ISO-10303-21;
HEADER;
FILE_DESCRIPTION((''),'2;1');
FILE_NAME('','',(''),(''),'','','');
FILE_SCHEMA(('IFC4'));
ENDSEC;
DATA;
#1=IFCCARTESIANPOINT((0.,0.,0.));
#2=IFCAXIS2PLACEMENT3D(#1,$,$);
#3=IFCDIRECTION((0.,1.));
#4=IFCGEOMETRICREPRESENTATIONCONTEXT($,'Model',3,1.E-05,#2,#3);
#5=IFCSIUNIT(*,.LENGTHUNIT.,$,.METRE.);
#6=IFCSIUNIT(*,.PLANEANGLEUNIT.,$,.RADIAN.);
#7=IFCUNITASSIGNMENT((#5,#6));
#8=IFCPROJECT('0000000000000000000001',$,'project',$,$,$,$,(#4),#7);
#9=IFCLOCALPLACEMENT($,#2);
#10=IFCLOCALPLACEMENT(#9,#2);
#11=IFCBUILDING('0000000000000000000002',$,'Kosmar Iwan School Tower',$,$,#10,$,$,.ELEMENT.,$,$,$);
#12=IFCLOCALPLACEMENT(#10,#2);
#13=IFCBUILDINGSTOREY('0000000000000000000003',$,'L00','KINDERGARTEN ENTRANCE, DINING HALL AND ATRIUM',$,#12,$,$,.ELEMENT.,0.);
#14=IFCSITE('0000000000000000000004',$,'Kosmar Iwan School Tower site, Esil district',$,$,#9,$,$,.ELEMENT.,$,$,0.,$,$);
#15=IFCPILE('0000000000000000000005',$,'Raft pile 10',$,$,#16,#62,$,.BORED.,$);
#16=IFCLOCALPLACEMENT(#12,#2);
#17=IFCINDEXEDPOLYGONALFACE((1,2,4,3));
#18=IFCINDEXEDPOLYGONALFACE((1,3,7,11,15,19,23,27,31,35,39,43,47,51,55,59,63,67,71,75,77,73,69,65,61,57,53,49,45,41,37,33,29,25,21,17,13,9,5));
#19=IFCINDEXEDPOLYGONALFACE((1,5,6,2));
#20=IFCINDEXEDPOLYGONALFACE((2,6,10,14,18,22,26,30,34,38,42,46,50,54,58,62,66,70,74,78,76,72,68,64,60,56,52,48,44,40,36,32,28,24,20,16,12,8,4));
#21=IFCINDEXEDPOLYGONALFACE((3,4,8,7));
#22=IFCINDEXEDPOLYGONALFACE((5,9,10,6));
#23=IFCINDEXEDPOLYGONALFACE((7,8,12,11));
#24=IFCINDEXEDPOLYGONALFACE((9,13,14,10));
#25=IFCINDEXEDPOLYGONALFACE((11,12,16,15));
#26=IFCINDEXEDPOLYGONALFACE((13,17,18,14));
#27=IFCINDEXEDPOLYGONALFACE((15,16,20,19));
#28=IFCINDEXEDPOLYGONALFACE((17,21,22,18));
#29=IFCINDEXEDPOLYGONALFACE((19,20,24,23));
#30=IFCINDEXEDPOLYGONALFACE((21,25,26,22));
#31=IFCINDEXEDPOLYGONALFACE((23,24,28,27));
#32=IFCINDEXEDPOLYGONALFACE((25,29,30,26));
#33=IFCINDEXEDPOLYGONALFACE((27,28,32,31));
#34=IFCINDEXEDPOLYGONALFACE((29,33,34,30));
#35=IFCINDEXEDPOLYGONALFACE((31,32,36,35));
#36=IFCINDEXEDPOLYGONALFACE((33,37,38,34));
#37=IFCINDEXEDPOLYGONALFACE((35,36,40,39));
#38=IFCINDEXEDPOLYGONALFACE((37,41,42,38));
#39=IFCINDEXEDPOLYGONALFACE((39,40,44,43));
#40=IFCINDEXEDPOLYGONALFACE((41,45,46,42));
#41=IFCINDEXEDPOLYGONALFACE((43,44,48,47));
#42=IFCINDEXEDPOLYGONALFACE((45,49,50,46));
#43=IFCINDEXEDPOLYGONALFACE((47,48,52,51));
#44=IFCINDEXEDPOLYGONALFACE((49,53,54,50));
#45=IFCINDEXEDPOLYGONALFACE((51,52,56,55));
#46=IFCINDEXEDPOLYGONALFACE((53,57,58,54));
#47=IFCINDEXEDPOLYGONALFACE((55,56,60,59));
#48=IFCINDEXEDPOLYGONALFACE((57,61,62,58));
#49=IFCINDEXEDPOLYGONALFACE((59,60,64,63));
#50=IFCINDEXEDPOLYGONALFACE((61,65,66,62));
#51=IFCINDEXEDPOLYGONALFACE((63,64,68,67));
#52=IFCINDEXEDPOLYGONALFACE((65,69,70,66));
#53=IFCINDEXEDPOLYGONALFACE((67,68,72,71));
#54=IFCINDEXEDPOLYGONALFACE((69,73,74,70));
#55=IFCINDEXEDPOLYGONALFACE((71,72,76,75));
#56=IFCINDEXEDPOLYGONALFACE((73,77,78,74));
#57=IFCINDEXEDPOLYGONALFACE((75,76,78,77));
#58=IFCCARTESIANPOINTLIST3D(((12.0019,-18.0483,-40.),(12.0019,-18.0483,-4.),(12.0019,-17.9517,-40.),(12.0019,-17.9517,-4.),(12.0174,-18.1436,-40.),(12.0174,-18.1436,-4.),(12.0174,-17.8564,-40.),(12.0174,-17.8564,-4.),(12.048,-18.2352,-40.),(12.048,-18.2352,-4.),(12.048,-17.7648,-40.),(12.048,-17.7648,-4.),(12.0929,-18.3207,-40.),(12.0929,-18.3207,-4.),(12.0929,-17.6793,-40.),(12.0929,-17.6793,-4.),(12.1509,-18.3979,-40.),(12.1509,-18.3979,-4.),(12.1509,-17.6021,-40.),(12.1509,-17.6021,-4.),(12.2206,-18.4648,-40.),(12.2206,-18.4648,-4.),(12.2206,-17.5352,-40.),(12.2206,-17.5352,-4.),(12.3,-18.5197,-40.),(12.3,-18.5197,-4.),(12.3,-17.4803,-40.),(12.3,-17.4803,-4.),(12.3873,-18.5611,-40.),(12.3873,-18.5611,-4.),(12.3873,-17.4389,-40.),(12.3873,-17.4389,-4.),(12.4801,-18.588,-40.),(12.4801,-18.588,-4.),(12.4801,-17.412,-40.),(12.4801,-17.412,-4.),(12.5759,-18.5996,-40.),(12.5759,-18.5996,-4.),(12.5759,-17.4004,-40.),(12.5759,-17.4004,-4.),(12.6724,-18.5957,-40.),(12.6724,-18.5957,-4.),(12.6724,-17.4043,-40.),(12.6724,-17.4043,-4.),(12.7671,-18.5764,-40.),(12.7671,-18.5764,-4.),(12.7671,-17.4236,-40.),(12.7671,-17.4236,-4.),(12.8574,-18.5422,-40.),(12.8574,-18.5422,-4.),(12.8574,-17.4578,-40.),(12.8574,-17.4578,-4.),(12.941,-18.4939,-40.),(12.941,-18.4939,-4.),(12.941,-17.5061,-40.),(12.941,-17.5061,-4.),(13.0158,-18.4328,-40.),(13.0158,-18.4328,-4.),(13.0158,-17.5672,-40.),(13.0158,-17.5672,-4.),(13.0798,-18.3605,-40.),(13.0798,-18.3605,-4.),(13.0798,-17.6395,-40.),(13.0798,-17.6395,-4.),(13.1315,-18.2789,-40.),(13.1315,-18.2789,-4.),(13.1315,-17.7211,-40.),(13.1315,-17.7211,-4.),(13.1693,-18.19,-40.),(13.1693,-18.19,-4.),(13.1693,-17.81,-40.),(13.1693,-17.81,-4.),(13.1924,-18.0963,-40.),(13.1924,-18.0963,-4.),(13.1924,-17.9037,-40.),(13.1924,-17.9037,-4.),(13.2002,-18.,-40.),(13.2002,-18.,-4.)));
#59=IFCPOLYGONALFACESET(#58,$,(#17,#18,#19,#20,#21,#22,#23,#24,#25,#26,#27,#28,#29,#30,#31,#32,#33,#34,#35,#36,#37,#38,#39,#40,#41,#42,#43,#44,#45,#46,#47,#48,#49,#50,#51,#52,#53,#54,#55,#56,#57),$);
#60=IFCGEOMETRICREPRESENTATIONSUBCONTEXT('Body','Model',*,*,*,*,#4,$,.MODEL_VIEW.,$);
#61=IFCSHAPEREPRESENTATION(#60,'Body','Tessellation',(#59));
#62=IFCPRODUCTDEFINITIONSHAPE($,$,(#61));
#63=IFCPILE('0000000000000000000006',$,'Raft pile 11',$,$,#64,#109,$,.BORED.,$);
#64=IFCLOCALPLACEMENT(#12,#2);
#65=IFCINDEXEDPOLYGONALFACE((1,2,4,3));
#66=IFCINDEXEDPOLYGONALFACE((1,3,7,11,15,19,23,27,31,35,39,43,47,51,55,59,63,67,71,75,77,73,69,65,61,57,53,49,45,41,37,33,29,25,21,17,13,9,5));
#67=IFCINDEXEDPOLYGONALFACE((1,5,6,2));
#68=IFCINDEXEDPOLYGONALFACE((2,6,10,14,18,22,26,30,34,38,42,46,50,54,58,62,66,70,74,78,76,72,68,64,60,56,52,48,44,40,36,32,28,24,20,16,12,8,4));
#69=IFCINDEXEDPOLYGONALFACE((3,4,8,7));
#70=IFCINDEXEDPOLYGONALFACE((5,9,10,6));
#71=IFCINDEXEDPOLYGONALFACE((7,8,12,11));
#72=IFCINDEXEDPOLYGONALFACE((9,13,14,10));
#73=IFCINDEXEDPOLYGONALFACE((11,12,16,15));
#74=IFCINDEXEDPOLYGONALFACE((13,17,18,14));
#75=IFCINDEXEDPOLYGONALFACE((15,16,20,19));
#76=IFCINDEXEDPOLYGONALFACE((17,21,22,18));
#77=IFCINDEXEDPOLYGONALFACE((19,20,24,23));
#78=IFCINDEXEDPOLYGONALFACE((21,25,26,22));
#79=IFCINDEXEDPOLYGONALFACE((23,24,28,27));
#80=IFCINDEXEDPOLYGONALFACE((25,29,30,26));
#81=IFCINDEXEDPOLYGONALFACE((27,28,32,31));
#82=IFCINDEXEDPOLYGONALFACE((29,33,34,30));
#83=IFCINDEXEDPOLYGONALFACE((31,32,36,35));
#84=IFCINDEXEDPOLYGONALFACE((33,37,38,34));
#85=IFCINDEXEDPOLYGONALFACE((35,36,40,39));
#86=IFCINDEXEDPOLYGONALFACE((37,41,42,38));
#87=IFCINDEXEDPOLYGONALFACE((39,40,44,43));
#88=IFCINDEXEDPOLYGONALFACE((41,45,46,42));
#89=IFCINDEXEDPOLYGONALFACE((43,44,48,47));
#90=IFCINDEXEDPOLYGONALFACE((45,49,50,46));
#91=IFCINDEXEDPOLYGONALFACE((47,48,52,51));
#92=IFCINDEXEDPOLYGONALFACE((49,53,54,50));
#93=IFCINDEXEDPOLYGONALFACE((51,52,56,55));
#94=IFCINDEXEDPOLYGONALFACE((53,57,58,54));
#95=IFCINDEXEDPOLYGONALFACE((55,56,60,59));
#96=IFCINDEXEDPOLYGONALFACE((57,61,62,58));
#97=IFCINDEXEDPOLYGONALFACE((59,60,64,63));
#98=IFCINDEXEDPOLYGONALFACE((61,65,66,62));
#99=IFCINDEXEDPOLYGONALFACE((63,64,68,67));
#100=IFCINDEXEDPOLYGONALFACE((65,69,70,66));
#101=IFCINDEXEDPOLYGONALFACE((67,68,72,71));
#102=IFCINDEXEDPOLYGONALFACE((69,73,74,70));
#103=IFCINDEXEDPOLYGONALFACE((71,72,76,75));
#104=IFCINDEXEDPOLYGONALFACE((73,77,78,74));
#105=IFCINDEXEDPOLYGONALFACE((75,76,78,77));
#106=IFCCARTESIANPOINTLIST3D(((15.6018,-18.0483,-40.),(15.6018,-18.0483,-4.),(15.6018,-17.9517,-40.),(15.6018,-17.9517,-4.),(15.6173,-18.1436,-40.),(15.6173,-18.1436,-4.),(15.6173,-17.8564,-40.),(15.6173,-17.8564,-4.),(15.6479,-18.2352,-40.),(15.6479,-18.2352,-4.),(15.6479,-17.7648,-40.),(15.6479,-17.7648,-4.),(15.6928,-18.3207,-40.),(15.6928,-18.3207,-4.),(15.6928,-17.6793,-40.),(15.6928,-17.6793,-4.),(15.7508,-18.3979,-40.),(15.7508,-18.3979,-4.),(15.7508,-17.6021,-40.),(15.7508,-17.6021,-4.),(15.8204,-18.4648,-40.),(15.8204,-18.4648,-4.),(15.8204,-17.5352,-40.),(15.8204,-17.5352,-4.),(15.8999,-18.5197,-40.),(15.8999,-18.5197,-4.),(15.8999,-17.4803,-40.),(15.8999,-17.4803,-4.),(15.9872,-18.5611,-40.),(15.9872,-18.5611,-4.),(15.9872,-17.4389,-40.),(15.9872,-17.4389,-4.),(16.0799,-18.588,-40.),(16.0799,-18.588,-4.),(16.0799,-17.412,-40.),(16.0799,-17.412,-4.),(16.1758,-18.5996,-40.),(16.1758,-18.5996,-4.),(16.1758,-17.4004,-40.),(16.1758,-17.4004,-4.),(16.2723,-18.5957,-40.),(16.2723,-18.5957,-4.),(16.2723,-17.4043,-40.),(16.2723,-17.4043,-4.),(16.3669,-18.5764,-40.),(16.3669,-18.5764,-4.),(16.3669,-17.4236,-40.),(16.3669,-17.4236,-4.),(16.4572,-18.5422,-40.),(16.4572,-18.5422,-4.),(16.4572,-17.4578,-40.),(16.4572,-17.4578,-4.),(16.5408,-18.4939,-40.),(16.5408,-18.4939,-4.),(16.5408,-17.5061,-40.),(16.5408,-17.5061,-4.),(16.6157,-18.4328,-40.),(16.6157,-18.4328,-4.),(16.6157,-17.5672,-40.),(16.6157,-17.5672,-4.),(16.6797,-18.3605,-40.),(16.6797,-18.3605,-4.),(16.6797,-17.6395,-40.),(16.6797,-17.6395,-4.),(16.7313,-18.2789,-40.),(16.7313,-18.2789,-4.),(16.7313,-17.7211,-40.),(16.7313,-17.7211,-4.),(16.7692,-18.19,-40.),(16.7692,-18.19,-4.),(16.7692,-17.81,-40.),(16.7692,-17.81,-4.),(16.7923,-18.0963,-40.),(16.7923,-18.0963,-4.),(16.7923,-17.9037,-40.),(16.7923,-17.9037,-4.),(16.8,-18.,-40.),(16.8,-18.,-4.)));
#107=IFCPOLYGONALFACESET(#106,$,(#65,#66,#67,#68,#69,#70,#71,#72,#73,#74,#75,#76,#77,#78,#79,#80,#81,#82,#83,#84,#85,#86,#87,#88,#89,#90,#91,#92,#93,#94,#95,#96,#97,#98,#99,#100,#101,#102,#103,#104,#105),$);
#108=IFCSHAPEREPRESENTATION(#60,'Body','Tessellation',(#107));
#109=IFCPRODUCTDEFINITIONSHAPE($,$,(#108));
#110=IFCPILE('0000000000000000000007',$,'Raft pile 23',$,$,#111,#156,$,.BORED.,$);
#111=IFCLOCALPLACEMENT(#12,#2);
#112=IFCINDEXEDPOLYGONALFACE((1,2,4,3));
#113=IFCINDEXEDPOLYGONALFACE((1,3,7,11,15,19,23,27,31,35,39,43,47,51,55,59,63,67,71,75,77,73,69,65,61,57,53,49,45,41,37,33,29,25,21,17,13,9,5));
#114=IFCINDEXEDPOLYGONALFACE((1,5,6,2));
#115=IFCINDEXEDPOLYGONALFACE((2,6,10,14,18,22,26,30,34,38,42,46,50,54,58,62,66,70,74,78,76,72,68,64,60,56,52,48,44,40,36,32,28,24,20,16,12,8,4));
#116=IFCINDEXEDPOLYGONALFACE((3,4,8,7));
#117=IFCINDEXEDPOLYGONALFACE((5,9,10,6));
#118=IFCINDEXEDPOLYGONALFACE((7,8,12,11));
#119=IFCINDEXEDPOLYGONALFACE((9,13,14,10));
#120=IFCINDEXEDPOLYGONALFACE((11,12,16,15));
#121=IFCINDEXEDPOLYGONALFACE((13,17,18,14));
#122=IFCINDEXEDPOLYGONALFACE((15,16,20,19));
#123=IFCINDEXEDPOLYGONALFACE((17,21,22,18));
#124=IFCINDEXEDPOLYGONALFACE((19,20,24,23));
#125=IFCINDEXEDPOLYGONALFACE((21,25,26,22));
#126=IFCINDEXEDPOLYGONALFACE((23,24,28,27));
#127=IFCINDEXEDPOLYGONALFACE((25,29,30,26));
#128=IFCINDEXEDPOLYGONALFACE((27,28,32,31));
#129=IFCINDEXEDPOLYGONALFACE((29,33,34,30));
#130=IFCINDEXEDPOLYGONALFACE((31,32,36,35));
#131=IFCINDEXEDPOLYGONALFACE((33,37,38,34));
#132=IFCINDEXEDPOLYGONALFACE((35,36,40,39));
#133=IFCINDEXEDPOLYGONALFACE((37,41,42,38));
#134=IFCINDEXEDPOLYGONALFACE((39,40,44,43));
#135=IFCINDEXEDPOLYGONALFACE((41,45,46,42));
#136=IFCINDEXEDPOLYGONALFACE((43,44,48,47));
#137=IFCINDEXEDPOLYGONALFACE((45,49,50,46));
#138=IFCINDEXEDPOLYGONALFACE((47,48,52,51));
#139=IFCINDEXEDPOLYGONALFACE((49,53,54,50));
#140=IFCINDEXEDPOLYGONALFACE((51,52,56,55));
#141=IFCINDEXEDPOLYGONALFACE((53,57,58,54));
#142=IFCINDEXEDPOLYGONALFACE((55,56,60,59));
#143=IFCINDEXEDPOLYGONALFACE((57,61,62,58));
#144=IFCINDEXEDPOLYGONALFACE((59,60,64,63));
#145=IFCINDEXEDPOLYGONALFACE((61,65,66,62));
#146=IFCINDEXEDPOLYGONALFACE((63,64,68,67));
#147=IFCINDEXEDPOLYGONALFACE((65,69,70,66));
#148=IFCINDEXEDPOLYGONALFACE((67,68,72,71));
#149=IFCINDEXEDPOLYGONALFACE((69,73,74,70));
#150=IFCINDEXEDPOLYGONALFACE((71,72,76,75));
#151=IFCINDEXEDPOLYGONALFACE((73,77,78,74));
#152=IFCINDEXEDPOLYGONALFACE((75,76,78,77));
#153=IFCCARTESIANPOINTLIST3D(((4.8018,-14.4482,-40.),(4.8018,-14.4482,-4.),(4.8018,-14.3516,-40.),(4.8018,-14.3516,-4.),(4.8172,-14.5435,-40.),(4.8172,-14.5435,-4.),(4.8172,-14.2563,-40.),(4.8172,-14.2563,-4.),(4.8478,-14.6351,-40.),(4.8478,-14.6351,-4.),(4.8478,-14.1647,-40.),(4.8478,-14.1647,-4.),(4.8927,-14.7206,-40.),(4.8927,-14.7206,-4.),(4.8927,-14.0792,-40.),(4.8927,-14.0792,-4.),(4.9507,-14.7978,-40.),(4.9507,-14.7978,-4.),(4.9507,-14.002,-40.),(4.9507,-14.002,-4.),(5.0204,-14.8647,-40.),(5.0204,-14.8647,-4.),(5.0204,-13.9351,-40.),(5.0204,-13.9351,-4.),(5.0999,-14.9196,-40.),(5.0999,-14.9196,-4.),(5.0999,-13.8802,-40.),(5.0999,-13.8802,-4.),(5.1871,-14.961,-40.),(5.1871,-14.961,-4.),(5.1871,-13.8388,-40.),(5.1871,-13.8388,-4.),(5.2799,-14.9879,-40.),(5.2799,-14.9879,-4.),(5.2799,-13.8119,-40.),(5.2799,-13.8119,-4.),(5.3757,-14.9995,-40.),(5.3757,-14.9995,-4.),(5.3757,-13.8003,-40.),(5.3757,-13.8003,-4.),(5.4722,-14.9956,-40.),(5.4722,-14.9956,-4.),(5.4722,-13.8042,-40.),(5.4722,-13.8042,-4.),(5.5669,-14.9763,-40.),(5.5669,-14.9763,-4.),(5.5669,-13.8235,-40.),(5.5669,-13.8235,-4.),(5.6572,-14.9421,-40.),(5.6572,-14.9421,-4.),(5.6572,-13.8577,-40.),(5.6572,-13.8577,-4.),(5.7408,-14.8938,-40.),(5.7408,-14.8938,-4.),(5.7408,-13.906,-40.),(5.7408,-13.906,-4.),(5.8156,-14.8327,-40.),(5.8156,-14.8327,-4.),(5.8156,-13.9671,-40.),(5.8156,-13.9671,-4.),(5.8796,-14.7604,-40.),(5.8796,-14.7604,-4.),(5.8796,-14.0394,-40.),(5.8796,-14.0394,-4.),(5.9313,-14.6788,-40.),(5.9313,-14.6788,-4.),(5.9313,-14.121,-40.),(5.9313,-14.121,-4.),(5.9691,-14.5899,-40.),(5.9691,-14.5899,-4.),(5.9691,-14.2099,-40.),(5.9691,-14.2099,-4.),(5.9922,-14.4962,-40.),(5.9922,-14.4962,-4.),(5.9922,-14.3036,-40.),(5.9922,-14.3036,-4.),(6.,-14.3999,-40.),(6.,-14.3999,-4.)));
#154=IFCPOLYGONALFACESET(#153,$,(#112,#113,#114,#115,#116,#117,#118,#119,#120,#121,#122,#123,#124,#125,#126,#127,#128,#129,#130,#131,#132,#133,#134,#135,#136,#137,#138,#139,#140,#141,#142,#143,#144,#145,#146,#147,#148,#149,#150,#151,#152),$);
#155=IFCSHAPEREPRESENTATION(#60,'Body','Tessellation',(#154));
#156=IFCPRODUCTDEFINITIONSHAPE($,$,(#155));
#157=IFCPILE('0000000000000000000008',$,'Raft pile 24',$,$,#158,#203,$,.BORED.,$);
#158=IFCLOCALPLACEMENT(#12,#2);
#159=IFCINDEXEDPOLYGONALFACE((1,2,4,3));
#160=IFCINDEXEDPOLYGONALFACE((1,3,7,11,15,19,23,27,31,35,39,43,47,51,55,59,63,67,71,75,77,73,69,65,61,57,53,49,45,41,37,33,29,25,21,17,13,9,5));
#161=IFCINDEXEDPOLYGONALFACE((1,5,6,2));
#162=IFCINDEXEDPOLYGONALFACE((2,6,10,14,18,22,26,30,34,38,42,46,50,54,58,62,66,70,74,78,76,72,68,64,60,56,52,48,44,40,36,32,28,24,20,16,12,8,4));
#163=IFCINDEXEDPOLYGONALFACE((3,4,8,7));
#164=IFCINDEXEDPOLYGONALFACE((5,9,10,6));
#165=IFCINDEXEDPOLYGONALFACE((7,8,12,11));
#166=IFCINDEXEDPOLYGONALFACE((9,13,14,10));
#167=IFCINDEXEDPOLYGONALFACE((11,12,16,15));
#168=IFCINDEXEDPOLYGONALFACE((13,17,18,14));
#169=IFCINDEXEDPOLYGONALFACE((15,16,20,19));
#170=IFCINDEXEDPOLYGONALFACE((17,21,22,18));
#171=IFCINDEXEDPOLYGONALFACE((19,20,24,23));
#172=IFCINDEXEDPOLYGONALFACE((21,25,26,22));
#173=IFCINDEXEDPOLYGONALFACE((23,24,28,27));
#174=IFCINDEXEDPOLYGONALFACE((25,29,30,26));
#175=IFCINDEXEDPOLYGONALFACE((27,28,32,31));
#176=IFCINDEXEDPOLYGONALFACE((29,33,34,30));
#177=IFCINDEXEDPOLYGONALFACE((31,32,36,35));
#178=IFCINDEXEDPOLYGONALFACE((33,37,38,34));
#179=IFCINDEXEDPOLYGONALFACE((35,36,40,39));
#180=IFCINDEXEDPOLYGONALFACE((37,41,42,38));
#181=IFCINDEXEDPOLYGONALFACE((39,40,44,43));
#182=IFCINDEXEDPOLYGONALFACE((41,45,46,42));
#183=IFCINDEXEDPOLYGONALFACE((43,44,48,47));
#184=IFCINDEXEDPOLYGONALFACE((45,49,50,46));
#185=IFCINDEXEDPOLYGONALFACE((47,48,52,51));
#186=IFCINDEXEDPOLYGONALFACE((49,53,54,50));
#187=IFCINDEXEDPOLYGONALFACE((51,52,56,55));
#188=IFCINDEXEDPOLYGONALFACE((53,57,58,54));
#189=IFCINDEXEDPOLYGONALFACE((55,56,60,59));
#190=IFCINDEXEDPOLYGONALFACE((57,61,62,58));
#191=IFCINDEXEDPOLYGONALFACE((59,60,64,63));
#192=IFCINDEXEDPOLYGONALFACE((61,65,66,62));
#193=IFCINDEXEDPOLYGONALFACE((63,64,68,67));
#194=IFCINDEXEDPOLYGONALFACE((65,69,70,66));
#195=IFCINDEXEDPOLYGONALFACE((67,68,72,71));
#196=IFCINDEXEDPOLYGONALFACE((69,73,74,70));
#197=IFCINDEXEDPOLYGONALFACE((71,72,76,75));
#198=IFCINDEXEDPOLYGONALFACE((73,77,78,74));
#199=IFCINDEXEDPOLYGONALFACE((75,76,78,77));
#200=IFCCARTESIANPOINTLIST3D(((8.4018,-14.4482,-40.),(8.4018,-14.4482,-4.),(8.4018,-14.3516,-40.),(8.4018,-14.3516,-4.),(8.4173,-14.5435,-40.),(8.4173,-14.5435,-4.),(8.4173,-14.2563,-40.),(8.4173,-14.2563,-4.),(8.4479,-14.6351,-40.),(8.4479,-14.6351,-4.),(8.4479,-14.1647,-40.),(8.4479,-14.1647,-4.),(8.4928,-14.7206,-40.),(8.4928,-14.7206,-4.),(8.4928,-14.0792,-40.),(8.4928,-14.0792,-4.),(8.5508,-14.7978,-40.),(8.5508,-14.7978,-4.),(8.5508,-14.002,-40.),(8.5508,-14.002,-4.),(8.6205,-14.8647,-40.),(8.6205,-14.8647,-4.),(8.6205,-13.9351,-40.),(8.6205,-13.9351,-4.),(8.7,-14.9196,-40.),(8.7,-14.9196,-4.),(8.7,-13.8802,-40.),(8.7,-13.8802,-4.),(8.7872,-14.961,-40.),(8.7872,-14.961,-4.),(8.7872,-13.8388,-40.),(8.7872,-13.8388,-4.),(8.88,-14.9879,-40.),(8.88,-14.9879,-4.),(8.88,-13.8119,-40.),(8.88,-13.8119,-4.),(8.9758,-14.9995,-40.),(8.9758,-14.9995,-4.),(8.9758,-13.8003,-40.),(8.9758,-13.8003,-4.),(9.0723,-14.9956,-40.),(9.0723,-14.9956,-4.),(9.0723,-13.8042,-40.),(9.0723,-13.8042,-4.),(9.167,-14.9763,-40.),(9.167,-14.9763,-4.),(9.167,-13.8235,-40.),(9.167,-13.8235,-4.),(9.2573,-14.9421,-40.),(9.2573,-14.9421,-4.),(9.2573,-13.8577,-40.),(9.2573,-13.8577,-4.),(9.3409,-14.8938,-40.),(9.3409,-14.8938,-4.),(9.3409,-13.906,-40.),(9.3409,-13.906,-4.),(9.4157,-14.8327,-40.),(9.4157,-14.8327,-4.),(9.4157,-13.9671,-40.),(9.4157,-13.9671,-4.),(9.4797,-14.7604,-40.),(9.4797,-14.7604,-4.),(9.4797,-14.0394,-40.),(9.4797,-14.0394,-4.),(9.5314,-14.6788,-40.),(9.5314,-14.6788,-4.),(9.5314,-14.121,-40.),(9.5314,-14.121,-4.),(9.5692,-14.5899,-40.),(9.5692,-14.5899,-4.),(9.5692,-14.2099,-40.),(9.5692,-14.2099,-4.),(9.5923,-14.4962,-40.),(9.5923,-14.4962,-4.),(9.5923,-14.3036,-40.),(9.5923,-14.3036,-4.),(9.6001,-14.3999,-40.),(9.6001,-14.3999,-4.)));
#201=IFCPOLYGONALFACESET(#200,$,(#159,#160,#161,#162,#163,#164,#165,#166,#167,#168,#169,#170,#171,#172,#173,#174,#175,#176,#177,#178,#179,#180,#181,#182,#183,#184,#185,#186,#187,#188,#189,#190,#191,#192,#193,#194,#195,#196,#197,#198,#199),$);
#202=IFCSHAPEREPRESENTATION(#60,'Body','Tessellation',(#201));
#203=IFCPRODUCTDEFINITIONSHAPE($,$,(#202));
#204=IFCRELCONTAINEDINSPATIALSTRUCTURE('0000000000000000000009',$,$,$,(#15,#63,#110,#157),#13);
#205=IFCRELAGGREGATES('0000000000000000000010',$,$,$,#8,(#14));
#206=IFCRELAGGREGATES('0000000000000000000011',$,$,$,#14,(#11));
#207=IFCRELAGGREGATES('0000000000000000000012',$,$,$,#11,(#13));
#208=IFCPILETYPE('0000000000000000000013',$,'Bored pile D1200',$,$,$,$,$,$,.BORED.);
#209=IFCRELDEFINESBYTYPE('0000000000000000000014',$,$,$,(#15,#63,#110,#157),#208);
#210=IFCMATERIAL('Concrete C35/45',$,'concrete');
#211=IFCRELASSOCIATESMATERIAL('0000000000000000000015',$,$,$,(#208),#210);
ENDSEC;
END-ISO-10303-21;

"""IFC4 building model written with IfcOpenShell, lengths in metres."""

from ifc_helpers import new_model, si_unit, direction, frame, origin, origin_2d, place, context, subcontext, project, spatial, circle, extrude, material, material_profile, profile_set, type_object, element, save


model = new_model("IFC4")

# Units and contexts
model_context = context("Model", 3, precision=1e-05, world=origin(), true_north=direction((0.0, 1.0)))
body_context = subcontext(model_context, "Body", "Model", "MODEL_VIEW")
ifc_project = project(units=[si_unit("LENGTHUNIT", "METRE"), si_unit("PLANEANGLEUNIT", "RADIAN")], contexts=[model_context])

# Site, building, storey
site_placement = place(None, origin())
site = spatial("IfcSite", under=ifc_project, at=site_placement, Name="Kosmar Iwan School Tower site, Esil district", CompositionType="ELEMENT", RefElevation=0.0)
building_placement = place(site_placement, origin())
building = spatial("IfcBuilding", under=site, at=building_placement, Name="Kosmar Iwan School Tower", CompositionType="ELEMENT")
storey_placement = place(building_placement, origin())
storey = spatial("IfcBuildingStorey", under=building, at=storey_placement, Name="L00", Description="KINDERGARTEN ENTRANCE, DINING HALL AND ATRIUM", CompositionType="ELEMENT", Elevation=0.0)

# Piles
ifc_material_1 = material(Name="Concrete C35/45", Category="concrete")
ifc_material_profile_1 = material_profile(ifc_material_1, circle(Radius=0.6001, at=origin_2d()), Name="D1200")
ifc_profile_set_1 = profile_set([ifc_material_profile_1], Name="Concrete C35/45")
pile_type = type_object("IfcPileType", Name="Bored pile D1200", PredefinedType="BORED", material=ifc_profile_set_1)
for number, where, z_axis, x_axis, name in (
    (1, (12.6001, -18.0, -4.0), (0.0, 0.0, -1.0), (1.0, 0.0, 0.0), "Raft pile 10"),
    (2, (16.2, -18.0, -4.0), (0.0, 0.0, -1.0), (1.0, 0.0, 0.0), "Raft pile 11"),
    (3, (5.3999, -14.3999, -4.0), (0.0, 0.0, -1.0), (1.0, 0.0, 0.0), "Raft pile 23"),
    (4, (9.0, -14.3999, -4.0), (0.0, 0.0, -1.0), (1.0, 0.0, 0.0), "Raft pile 24"),
):
    element("IfcPile", number, at=place(storey_placement, frame(where, z_axis=z_axis, x_axis=x_axis)), inside=storey, type_object=pile_type, Name=name, PredefinedType="BORED", context=body_context, shape_type="SweptSolid", body=[
        extrude(circle(Radius=0.6001, at=origin_2d()), origin(), (0.0, 0.0, 1.0), 36.0),
    ])

save(model, "model.ifc")
